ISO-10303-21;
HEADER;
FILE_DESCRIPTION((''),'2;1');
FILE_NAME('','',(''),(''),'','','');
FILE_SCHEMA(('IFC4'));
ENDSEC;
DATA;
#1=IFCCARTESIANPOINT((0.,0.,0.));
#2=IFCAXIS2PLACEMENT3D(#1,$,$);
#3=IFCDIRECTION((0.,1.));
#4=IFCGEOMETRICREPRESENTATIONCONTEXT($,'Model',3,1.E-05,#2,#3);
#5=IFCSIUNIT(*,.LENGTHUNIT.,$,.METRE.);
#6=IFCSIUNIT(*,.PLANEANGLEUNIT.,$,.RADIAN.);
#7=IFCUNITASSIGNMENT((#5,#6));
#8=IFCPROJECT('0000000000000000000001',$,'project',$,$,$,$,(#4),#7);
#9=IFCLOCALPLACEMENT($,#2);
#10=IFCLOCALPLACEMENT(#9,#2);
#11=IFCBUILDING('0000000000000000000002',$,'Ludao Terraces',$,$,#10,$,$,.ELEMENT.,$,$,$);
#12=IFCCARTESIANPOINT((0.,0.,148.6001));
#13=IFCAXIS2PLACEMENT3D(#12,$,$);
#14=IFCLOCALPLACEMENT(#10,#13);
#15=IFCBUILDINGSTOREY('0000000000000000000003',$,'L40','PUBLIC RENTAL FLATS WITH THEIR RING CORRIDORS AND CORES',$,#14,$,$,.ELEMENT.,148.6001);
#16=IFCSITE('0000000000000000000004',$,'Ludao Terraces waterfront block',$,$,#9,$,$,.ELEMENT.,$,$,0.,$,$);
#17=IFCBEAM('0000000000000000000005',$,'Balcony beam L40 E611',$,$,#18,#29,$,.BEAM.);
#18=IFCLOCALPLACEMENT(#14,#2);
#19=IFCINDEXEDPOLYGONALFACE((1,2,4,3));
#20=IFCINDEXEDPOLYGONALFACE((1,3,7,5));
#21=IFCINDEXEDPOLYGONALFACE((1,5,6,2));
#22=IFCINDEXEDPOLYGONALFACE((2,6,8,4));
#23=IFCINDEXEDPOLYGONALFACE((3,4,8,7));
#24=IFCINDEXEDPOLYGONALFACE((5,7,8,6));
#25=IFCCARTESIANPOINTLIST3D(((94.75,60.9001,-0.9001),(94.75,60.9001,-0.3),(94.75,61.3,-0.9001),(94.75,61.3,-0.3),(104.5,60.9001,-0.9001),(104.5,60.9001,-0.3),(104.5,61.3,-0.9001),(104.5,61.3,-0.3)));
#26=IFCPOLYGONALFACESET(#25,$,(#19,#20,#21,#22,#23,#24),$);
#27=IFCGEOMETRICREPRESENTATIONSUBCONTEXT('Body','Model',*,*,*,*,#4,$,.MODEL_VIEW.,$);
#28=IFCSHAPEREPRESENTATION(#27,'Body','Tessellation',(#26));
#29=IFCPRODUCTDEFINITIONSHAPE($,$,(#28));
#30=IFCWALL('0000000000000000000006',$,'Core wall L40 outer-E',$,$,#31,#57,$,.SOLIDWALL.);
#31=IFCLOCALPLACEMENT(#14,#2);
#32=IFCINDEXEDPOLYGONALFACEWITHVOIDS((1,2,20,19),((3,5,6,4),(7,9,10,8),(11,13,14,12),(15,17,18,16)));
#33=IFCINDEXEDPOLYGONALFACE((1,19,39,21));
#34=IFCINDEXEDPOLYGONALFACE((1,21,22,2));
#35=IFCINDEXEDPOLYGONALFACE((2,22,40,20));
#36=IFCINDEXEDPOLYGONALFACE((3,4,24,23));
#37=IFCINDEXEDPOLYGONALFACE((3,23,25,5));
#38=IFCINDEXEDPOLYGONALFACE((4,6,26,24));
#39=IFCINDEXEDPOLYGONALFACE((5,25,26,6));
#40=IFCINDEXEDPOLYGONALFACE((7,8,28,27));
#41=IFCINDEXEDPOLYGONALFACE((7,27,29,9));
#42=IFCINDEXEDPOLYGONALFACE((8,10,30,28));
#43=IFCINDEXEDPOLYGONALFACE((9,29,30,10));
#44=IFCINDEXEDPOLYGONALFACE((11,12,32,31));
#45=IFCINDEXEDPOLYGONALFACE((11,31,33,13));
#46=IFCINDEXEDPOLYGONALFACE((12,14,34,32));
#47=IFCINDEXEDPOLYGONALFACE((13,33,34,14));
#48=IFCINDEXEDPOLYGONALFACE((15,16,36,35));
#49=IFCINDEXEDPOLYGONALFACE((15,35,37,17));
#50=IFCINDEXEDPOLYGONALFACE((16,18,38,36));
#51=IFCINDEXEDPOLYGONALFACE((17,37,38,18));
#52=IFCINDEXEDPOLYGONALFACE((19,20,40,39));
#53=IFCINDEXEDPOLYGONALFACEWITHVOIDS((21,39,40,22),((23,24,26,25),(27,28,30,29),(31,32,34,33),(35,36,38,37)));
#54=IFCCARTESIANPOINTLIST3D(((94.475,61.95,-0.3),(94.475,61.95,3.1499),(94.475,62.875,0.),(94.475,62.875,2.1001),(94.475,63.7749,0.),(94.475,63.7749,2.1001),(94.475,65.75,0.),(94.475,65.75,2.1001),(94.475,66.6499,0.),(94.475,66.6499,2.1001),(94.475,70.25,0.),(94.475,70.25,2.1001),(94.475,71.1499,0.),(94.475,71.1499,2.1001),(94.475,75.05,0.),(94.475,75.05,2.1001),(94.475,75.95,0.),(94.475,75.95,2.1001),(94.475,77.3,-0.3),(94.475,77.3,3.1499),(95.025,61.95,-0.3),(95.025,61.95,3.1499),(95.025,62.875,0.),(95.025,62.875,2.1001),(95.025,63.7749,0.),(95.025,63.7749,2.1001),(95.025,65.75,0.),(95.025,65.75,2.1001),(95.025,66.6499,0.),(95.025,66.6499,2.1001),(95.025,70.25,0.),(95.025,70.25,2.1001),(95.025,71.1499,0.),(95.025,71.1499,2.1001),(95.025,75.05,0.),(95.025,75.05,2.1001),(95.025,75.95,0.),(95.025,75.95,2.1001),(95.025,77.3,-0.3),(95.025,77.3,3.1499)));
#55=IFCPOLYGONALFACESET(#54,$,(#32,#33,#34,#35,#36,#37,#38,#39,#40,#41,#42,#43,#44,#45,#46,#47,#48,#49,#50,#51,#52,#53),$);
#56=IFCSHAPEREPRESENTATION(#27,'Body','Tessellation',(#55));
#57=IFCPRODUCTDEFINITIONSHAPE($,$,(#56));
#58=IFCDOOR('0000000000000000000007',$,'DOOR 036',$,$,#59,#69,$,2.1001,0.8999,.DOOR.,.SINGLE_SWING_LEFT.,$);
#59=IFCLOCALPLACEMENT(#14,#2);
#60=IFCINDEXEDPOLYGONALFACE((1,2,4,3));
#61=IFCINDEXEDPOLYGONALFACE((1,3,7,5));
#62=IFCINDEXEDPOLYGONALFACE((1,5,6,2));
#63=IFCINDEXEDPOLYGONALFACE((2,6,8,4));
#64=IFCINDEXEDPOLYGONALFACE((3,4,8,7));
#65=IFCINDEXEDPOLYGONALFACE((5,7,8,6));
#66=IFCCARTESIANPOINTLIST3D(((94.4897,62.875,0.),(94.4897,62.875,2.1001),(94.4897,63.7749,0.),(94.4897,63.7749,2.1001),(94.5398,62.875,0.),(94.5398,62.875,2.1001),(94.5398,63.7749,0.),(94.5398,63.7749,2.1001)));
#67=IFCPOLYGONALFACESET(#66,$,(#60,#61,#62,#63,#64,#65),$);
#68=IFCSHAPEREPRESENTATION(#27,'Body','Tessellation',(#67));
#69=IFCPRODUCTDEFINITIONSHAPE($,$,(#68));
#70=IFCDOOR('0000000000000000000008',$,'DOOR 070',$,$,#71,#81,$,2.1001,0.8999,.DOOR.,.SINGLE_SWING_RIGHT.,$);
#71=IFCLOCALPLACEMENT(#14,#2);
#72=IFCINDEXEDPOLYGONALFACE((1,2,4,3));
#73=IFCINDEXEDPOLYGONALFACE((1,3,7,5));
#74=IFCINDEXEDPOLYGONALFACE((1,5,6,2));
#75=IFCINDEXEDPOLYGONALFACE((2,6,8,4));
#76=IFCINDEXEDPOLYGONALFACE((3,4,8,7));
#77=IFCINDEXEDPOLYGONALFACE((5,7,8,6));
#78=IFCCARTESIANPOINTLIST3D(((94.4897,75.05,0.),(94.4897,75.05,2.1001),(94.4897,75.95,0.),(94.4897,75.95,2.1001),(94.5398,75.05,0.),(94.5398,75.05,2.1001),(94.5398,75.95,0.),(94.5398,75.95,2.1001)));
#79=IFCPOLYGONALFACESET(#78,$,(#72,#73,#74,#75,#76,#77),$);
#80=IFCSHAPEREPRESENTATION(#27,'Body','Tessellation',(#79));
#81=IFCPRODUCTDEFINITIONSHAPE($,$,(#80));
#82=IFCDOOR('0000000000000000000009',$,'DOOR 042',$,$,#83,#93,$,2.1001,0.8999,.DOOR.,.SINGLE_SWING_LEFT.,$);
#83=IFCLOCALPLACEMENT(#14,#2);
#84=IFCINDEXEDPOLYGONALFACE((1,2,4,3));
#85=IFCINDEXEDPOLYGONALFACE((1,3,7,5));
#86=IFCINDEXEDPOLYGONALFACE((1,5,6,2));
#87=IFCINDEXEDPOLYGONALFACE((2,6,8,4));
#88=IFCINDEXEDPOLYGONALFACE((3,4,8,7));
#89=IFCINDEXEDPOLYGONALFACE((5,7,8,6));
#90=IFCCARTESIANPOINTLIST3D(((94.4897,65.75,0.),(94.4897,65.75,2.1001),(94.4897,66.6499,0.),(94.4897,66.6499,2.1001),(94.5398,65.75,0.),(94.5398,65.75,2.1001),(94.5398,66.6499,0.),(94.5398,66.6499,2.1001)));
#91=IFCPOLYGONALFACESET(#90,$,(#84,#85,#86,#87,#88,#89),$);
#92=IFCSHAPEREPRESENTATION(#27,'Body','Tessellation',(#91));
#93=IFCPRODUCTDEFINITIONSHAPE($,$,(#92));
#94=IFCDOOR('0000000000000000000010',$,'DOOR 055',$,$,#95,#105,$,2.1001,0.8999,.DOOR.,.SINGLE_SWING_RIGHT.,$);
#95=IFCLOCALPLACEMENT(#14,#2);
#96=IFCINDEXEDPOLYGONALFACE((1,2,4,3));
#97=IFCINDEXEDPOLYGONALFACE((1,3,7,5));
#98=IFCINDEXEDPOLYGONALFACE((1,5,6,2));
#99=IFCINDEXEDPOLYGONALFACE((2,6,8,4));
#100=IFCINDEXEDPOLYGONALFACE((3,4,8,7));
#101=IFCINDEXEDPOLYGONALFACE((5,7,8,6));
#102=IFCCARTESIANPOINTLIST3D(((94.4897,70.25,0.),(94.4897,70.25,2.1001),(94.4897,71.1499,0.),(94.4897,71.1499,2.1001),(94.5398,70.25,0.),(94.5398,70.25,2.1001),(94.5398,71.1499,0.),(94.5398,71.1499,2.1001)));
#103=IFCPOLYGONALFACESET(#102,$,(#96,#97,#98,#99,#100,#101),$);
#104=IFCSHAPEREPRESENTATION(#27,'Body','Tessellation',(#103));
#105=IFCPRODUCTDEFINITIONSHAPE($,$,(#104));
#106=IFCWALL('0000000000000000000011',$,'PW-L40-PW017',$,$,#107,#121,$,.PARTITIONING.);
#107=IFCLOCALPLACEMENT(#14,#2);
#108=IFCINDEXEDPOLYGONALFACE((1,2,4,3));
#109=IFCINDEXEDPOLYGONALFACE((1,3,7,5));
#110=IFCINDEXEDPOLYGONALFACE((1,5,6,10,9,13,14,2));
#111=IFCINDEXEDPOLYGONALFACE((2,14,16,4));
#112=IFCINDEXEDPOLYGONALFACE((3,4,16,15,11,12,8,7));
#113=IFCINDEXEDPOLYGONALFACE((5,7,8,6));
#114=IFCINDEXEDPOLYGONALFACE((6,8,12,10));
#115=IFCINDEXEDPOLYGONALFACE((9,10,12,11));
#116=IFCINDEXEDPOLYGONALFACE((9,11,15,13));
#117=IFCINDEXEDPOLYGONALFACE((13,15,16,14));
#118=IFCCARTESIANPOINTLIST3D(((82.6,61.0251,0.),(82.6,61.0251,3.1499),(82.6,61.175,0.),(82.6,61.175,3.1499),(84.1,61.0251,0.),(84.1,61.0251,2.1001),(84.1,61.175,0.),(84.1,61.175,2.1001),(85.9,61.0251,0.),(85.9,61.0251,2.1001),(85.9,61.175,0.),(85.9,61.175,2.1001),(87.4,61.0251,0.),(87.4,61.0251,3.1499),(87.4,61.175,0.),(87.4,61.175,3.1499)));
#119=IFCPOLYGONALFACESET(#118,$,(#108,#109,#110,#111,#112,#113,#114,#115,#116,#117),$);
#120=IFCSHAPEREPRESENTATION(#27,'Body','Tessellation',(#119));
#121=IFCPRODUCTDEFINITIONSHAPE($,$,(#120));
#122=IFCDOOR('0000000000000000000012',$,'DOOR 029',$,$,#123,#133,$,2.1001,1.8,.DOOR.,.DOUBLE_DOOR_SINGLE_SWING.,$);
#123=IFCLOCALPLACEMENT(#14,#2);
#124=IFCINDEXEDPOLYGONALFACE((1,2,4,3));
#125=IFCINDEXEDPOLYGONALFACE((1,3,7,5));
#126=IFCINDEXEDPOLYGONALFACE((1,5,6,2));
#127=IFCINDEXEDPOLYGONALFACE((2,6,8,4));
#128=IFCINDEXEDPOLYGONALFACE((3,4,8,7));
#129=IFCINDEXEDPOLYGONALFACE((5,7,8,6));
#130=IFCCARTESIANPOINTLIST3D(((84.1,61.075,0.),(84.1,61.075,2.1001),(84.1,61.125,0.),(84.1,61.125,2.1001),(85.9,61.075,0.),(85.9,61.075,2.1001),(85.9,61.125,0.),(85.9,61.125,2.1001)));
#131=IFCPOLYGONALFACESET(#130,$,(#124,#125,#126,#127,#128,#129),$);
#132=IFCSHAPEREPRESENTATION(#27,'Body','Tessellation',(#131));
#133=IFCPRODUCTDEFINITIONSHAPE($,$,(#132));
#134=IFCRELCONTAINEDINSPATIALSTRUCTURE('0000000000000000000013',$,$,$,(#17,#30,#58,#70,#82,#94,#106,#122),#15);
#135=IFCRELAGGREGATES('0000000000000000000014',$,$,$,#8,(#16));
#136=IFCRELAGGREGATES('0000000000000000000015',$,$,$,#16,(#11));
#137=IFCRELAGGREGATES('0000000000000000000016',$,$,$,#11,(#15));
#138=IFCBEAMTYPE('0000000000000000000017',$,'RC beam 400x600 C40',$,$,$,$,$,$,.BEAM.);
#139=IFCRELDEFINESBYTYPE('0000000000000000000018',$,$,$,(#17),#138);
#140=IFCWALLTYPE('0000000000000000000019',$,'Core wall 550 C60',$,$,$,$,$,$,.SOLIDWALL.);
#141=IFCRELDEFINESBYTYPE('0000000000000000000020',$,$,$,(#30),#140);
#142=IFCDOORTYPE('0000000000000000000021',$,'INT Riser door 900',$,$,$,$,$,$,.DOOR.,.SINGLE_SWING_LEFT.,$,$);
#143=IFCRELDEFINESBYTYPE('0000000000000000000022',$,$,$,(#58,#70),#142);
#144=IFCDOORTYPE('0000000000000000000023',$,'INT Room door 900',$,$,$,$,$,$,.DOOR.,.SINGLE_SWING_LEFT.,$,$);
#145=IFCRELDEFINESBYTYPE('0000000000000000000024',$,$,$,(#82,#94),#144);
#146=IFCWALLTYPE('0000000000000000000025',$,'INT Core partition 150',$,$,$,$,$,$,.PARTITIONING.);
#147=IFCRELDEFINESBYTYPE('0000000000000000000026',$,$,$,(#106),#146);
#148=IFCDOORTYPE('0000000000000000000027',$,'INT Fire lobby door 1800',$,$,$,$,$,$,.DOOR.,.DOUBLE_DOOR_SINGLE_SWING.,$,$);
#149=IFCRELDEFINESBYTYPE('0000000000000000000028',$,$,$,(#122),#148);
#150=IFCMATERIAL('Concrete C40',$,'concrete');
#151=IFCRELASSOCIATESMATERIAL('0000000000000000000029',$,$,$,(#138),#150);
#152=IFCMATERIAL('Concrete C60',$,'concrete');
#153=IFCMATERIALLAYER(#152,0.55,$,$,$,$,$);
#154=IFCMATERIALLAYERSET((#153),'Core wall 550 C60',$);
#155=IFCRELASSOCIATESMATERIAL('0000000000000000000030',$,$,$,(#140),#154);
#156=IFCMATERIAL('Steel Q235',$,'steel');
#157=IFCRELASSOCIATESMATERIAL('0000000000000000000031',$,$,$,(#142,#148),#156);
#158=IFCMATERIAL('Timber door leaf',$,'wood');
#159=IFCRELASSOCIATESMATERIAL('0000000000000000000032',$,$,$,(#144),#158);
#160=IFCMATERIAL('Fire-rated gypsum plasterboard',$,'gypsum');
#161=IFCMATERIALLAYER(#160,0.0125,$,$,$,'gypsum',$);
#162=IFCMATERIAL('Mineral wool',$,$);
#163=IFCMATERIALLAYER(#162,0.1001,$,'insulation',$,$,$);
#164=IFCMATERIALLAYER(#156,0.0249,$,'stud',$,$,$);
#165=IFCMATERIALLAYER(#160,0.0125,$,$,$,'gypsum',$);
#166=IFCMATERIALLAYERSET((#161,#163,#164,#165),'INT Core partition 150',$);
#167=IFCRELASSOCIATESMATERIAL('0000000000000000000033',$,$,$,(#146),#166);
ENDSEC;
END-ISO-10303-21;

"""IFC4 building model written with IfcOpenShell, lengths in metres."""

from ifc_helpers import new_model, si_unit, direction, frame, frame_2d, origin, origin_2d, place, context, subcontext, project, spatial, rectangle, extrude, material, layer, layer_set, material_profile, profile_set, type_object, element, fill, save


model = new_model("IFC4")

# Units and contexts
model_context = context("Model", 3, precision=1e-05, world=origin(), true_north=direction((0.0, 1.0)))
body_context = subcontext(model_context, "Body", "Model", "MODEL_VIEW")
ifc_project = project(units=[si_unit("LENGTHUNIT", "METRE"), si_unit("PLANEANGLEUNIT", "RADIAN")], contexts=[model_context])

# Site, building, storey
site_placement = place(None, origin())
site = spatial("IfcSite", under=ifc_project, at=site_placement, Name="Ludao Terraces waterfront block", CompositionType="ELEMENT", RefElevation=0.0)
building_placement = place(site_placement, origin())
building = spatial("IfcBuilding", under=site, at=building_placement, Name="Ludao Terraces", CompositionType="ELEMENT")
storey_placement = place(building_placement, frame((0.0, 0.0, 148.6001)))
storey = spatial("IfcBuildingStorey", under=building, at=storey_placement, Name="L40", Description="PUBLIC RENTAL FLATS WITH THEIR RING CORRIDORS AND CORES", CompositionType="ELEMENT", Elevation=148.6001)

# Beam
ifc_material_1 = material(Name="Concrete C40", Category="concrete")
ifc_material_profile = material_profile(ifc_material_1, rectangle(XDim=0.3999, YDim=0.6001, at=origin_2d()), Name="400 X 600")
ifc_profile_set = profile_set([ifc_material_profile], Name="Concrete C40")
beam_type = type_object("IfcBeamType", Name="RC beam 400x600 C40", PredefinedType="BEAM", material=ifc_profile_set)
beam_placement = place(storey_placement, frame((94.75, 61.1001, -0.6001), z_axis=(1.0, 0.0, 0.0), x_axis=(0.0, 1.0, 0.0)))
element("IfcBeam", 1, at=beam_placement, inside=storey, type_object=beam_type, Name="Balcony beam L40 E611", PredefinedType="BEAM", context=body_context, shape_type="SweptSolid", body=[
    extrude(rectangle(XDim=0.3999, YDim=0.6001, at=origin_2d()), origin(), (0.0, 0.0, 1.0), 9.75),
])

# Wall, openings, doors
ifc_material_2 = material(Name="Concrete C60", Category="concrete")
ifc_layer_1 = layer(ifc_material_2, 0.55)
ifc_layer_set_1 = layer_set([ifc_layer_1], Name="Core wall 550 C60")
wall_type_1 = type_object("IfcWallType", Name="Core wall 550 C60", PredefinedType="SOLIDWALL", material=ifc_layer_set_1)
wall_1_placement = place(storey_placement, frame((94.75, 61.95, -0.3), z_axis=(0.0, 0.0, 1.0), x_axis=(0.0, 1.0, 0.0)))
wall_1 = element("IfcWall", 2, at=wall_1_placement, inside=storey, type_object=wall_type_1, Name="Core wall L40 outer-E", PredefinedType="SOLIDWALL", context=body_context, shape_type="SweptSolid", body=[
    extrude(rectangle(XDim=15.3501, YDim=0.55, at=frame_2d((7.675, 0.0))), origin(), (0.0, 0.0, 1.0), 3.45),
])
opening_1_placement = place(wall_1_placement, frame((0.925, 0.0, 0.3)))
opening_1 = element("IfcOpeningElement", 3, at=opening_1_placement, cuts=wall_1, PredefinedType="OPENING", context=body_context, shape_type="SweptSolid", body=[
    extrude(rectangle(XDim=0.8999, YDim=2.1001, at=frame_2d((0.45, 1.05))), frame((0.0, 0.2852, 0.0), z_axis=(0.0, -1.0, 0.0), x_axis=(1.0, 0.0, 0.0)), (0.0, 0.0, 1.0), 0.5701),
])
opening_2_placement = place(wall_1_placement, frame((3.8, 0.0, 0.3)))
opening_2 = element("IfcOpeningElement", 4, at=opening_2_placement, cuts=wall_1, PredefinedType="OPENING", context=body_context, shape_type="SweptSolid", body=[
    extrude(rectangle(XDim=0.8999, YDim=2.1001, at=frame_2d((0.45, 1.05))), frame((0.0, 0.2852, 0.0), z_axis=(0.0, -1.0, 0.0), x_axis=(1.0, 0.0, 0.0)), (0.0, 0.0, 1.0), 0.5701),
])
opening_3_placement = place(wall_1_placement, frame((8.3, 0.0, 0.3)))
opening_3 = element("IfcOpeningElement", 5, at=opening_3_placement, cuts=wall_1, PredefinedType="OPENING", context=body_context, shape_type="SweptSolid", body=[
    extrude(rectangle(XDim=0.8999, YDim=2.1001, at=frame_2d((0.45, 1.05))), frame((0.0, 0.2852, 0.0), z_axis=(0.0, -1.0, 0.0), x_axis=(1.0, 0.0, 0.0)), (0.0, 0.0, 1.0), 0.5701),
])
opening_4_placement = place(wall_1_placement, frame((13.1001, 0.0, 0.3)))
opening_4 = element("IfcOpeningElement", 6, at=opening_4_placement, cuts=wall_1, PredefinedType="OPENING", context=body_context, shape_type="SweptSolid", body=[
    extrude(rectangle(XDim=0.8999, YDim=2.1001, at=frame_2d((0.45, 1.05))), frame((0.0, 0.2852, 0.0), z_axis=(0.0, -1.0, 0.0), x_axis=(1.0, 0.0, 0.0)), (0.0, 0.0, 1.0), 0.5701),
])
ifc_material_3 = material(Name="Steel Q235", Category="steel")
door_type_1 = type_object("IfcDoorType", Name="INT Riser door 900", OperationType="SINGLE_SWING_LEFT", PredefinedType="DOOR", material=ifc_material_3)
door_1_placement = place(opening_1_placement, origin())
door_1 = element("IfcDoor", 7, at=door_1_placement, inside=storey, type_object=door_type_1, Name="DOOR 036", OperationType="SINGLE_SWING_LEFT", OverallHeight=2.1001, OverallWidth=0.8999, PredefinedType="DOOR", context=body_context, shape_type="SweptSolid", body=[
    extrude(rectangle(XDim=0.8999, YDim=2.1001, at=frame_2d((0.45, 1.05))), frame((0.0, 0.2603, 0.0), z_axis=(0.0, -1.0, 0.0), x_axis=(1.0, 0.0, 0.0)), (0.0, 0.0, 1.0), 0.05),
])
fill(opening_1, door_1)
door_2_placement = place(opening_4_placement, origin())
door_2 = element("IfcDoor", 8, at=door_2_placement, inside=storey, type_object=door_type_1, Name="DOOR 070", OperationType="SINGLE_SWING_RIGHT", OverallHeight=2.1001, OverallWidth=0.8999, PredefinedType="DOOR", context=body_context, shape_type="SweptSolid", body=[
    extrude(rectangle(XDim=0.8999, YDim=2.1001, at=frame_2d((0.45, 1.05))), frame((0.0, 0.2603, 0.0), z_axis=(0.0, -1.0, 0.0), x_axis=(1.0, 0.0, 0.0)), (0.0, 0.0, 1.0), 0.05),
])
fill(opening_4, door_2)
ifc_material_4 = material(Name="Timber door leaf", Category="wood")
door_type_2 = type_object("IfcDoorType", Name="INT Room door 900", OperationType="SINGLE_SWING_LEFT", PredefinedType="DOOR", material=ifc_material_4)
door_3_placement = place(opening_2_placement, origin())
door_3 = element("IfcDoor", 9, at=door_3_placement, inside=storey, type_object=door_type_2, Name="DOOR 042", OperationType="SINGLE_SWING_LEFT", OverallHeight=2.1001, OverallWidth=0.8999, PredefinedType="DOOR", context=body_context, shape_type="SweptSolid", body=[
    extrude(rectangle(XDim=0.8999, YDim=2.1001, at=frame_2d((0.45, 1.05))), frame((0.0, 0.2603, 0.0), z_axis=(0.0, -1.0, 0.0), x_axis=(1.0, 0.0, 0.0)), (0.0, 0.0, 1.0), 0.05),
])
fill(opening_2, door_3)
door_4_placement = place(opening_3_placement, origin())
door_4 = element("IfcDoor", 10, at=door_4_placement, inside=storey, type_object=door_type_2, Name="DOOR 055", OperationType="SINGLE_SWING_RIGHT", OverallHeight=2.1001, OverallWidth=0.8999, PredefinedType="DOOR", context=body_context, shape_type="SweptSolid", body=[
    extrude(rectangle(XDim=0.8999, YDim=2.1001, at=frame_2d((0.45, 1.05))), frame((0.0, 0.2603, 0.0), z_axis=(0.0, -1.0, 0.0), x_axis=(1.0, 0.0, 0.0)), (0.0, 0.0, 1.0), 0.05),
])
fill(opening_3, door_4)

# Wall, opening, door
ifc_material_5 = material(Name="Fire-rated gypsum plasterboard", Category="gypsum")
ifc_layer_2 = layer(ifc_material_5, 0.0125, Category="gypsum")
ifc_material_6 = material(Name="Mineral wool")
ifc_layer_3 = layer(ifc_material_6, 0.1001, Name="insulation")
ifc_layer_4 = layer(ifc_material_3, 0.0249, Name="stud")
ifc_layer_5 = layer(ifc_material_5, 0.0125, Category="gypsum")
ifc_layer_set_2 = layer_set([ifc_layer_2, ifc_layer_3, ifc_layer_4, ifc_layer_5], Name="INT Core partition 150")
wall_type_2 = type_object("IfcWallType", Name="INT Core partition 150", PredefinedType="PARTITIONING", material=ifc_layer_set_2)
wall_2_placement = place(storey_placement, frame((82.6001, 61.1001, 0.0), z_axis=(0.0, 0.0, 1.0), x_axis=(1.0, 0.0, 0.0)))
wall_2 = element("IfcWall", 11, at=wall_2_placement, inside=storey, type_object=wall_type_2, Name="PW-L40-PW017", PredefinedType="PARTITIONING", context=body_context, shape_type="SweptSolid", body=[
    extrude(rectangle(XDim=4.8, YDim=0.1499, at=frame_2d((2.3999, 0.0))), origin(), (0.0, 0.0, 1.0), 3.1499),
])
opening_5_placement = place(wall_2_placement, frame((1.5, 0.0, 0.0)))
opening_5 = element("IfcOpeningElement", 12, at=opening_5_placement, cuts=wall_2, PredefinedType="OPENING", context=body_context, shape_type="SweptSolid", body=[
    extrude(rectangle(XDim=1.8, YDim=2.1001, at=frame_2d((0.8999, 1.05))), frame((0.0, 0.085, 0.0), z_axis=(0.0, -1.0, 0.0), x_axis=(1.0, 0.0, 0.0)), (0.0, 0.0, 1.0), 0.1699),
])
door_type_3 = type_object("IfcDoorType", Name="INT Fire lobby door 1800", OperationType="DOUBLE_DOOR_SINGLE_SWING", PredefinedType="DOOR", material=ifc_material_3)
door_5_placement = place(opening_5_placement, origin())
door_5 = element("IfcDoor", 13, at=door_5_placement, inside=storey, type_object=door_type_3, Name="DOOR 029", OperationType="DOUBLE_DOOR_SINGLE_SWING", OverallHeight=2.1001, OverallWidth=1.8, PredefinedType="DOOR", context=body_context, shape_type="SweptSolid", body=[
    extrude(rectangle(XDim=1.8, YDim=2.1001, at=frame_2d((0.8999, 1.05))), frame((0.0, 0.0249, 0.0), z_axis=(0.0, -1.0, 0.0), x_axis=(1.0, 0.0, 0.0)), (0.0, 0.0, 1.0), 0.05),
])
fill(opening_5, door_5)

save(model, "model.ifc")
